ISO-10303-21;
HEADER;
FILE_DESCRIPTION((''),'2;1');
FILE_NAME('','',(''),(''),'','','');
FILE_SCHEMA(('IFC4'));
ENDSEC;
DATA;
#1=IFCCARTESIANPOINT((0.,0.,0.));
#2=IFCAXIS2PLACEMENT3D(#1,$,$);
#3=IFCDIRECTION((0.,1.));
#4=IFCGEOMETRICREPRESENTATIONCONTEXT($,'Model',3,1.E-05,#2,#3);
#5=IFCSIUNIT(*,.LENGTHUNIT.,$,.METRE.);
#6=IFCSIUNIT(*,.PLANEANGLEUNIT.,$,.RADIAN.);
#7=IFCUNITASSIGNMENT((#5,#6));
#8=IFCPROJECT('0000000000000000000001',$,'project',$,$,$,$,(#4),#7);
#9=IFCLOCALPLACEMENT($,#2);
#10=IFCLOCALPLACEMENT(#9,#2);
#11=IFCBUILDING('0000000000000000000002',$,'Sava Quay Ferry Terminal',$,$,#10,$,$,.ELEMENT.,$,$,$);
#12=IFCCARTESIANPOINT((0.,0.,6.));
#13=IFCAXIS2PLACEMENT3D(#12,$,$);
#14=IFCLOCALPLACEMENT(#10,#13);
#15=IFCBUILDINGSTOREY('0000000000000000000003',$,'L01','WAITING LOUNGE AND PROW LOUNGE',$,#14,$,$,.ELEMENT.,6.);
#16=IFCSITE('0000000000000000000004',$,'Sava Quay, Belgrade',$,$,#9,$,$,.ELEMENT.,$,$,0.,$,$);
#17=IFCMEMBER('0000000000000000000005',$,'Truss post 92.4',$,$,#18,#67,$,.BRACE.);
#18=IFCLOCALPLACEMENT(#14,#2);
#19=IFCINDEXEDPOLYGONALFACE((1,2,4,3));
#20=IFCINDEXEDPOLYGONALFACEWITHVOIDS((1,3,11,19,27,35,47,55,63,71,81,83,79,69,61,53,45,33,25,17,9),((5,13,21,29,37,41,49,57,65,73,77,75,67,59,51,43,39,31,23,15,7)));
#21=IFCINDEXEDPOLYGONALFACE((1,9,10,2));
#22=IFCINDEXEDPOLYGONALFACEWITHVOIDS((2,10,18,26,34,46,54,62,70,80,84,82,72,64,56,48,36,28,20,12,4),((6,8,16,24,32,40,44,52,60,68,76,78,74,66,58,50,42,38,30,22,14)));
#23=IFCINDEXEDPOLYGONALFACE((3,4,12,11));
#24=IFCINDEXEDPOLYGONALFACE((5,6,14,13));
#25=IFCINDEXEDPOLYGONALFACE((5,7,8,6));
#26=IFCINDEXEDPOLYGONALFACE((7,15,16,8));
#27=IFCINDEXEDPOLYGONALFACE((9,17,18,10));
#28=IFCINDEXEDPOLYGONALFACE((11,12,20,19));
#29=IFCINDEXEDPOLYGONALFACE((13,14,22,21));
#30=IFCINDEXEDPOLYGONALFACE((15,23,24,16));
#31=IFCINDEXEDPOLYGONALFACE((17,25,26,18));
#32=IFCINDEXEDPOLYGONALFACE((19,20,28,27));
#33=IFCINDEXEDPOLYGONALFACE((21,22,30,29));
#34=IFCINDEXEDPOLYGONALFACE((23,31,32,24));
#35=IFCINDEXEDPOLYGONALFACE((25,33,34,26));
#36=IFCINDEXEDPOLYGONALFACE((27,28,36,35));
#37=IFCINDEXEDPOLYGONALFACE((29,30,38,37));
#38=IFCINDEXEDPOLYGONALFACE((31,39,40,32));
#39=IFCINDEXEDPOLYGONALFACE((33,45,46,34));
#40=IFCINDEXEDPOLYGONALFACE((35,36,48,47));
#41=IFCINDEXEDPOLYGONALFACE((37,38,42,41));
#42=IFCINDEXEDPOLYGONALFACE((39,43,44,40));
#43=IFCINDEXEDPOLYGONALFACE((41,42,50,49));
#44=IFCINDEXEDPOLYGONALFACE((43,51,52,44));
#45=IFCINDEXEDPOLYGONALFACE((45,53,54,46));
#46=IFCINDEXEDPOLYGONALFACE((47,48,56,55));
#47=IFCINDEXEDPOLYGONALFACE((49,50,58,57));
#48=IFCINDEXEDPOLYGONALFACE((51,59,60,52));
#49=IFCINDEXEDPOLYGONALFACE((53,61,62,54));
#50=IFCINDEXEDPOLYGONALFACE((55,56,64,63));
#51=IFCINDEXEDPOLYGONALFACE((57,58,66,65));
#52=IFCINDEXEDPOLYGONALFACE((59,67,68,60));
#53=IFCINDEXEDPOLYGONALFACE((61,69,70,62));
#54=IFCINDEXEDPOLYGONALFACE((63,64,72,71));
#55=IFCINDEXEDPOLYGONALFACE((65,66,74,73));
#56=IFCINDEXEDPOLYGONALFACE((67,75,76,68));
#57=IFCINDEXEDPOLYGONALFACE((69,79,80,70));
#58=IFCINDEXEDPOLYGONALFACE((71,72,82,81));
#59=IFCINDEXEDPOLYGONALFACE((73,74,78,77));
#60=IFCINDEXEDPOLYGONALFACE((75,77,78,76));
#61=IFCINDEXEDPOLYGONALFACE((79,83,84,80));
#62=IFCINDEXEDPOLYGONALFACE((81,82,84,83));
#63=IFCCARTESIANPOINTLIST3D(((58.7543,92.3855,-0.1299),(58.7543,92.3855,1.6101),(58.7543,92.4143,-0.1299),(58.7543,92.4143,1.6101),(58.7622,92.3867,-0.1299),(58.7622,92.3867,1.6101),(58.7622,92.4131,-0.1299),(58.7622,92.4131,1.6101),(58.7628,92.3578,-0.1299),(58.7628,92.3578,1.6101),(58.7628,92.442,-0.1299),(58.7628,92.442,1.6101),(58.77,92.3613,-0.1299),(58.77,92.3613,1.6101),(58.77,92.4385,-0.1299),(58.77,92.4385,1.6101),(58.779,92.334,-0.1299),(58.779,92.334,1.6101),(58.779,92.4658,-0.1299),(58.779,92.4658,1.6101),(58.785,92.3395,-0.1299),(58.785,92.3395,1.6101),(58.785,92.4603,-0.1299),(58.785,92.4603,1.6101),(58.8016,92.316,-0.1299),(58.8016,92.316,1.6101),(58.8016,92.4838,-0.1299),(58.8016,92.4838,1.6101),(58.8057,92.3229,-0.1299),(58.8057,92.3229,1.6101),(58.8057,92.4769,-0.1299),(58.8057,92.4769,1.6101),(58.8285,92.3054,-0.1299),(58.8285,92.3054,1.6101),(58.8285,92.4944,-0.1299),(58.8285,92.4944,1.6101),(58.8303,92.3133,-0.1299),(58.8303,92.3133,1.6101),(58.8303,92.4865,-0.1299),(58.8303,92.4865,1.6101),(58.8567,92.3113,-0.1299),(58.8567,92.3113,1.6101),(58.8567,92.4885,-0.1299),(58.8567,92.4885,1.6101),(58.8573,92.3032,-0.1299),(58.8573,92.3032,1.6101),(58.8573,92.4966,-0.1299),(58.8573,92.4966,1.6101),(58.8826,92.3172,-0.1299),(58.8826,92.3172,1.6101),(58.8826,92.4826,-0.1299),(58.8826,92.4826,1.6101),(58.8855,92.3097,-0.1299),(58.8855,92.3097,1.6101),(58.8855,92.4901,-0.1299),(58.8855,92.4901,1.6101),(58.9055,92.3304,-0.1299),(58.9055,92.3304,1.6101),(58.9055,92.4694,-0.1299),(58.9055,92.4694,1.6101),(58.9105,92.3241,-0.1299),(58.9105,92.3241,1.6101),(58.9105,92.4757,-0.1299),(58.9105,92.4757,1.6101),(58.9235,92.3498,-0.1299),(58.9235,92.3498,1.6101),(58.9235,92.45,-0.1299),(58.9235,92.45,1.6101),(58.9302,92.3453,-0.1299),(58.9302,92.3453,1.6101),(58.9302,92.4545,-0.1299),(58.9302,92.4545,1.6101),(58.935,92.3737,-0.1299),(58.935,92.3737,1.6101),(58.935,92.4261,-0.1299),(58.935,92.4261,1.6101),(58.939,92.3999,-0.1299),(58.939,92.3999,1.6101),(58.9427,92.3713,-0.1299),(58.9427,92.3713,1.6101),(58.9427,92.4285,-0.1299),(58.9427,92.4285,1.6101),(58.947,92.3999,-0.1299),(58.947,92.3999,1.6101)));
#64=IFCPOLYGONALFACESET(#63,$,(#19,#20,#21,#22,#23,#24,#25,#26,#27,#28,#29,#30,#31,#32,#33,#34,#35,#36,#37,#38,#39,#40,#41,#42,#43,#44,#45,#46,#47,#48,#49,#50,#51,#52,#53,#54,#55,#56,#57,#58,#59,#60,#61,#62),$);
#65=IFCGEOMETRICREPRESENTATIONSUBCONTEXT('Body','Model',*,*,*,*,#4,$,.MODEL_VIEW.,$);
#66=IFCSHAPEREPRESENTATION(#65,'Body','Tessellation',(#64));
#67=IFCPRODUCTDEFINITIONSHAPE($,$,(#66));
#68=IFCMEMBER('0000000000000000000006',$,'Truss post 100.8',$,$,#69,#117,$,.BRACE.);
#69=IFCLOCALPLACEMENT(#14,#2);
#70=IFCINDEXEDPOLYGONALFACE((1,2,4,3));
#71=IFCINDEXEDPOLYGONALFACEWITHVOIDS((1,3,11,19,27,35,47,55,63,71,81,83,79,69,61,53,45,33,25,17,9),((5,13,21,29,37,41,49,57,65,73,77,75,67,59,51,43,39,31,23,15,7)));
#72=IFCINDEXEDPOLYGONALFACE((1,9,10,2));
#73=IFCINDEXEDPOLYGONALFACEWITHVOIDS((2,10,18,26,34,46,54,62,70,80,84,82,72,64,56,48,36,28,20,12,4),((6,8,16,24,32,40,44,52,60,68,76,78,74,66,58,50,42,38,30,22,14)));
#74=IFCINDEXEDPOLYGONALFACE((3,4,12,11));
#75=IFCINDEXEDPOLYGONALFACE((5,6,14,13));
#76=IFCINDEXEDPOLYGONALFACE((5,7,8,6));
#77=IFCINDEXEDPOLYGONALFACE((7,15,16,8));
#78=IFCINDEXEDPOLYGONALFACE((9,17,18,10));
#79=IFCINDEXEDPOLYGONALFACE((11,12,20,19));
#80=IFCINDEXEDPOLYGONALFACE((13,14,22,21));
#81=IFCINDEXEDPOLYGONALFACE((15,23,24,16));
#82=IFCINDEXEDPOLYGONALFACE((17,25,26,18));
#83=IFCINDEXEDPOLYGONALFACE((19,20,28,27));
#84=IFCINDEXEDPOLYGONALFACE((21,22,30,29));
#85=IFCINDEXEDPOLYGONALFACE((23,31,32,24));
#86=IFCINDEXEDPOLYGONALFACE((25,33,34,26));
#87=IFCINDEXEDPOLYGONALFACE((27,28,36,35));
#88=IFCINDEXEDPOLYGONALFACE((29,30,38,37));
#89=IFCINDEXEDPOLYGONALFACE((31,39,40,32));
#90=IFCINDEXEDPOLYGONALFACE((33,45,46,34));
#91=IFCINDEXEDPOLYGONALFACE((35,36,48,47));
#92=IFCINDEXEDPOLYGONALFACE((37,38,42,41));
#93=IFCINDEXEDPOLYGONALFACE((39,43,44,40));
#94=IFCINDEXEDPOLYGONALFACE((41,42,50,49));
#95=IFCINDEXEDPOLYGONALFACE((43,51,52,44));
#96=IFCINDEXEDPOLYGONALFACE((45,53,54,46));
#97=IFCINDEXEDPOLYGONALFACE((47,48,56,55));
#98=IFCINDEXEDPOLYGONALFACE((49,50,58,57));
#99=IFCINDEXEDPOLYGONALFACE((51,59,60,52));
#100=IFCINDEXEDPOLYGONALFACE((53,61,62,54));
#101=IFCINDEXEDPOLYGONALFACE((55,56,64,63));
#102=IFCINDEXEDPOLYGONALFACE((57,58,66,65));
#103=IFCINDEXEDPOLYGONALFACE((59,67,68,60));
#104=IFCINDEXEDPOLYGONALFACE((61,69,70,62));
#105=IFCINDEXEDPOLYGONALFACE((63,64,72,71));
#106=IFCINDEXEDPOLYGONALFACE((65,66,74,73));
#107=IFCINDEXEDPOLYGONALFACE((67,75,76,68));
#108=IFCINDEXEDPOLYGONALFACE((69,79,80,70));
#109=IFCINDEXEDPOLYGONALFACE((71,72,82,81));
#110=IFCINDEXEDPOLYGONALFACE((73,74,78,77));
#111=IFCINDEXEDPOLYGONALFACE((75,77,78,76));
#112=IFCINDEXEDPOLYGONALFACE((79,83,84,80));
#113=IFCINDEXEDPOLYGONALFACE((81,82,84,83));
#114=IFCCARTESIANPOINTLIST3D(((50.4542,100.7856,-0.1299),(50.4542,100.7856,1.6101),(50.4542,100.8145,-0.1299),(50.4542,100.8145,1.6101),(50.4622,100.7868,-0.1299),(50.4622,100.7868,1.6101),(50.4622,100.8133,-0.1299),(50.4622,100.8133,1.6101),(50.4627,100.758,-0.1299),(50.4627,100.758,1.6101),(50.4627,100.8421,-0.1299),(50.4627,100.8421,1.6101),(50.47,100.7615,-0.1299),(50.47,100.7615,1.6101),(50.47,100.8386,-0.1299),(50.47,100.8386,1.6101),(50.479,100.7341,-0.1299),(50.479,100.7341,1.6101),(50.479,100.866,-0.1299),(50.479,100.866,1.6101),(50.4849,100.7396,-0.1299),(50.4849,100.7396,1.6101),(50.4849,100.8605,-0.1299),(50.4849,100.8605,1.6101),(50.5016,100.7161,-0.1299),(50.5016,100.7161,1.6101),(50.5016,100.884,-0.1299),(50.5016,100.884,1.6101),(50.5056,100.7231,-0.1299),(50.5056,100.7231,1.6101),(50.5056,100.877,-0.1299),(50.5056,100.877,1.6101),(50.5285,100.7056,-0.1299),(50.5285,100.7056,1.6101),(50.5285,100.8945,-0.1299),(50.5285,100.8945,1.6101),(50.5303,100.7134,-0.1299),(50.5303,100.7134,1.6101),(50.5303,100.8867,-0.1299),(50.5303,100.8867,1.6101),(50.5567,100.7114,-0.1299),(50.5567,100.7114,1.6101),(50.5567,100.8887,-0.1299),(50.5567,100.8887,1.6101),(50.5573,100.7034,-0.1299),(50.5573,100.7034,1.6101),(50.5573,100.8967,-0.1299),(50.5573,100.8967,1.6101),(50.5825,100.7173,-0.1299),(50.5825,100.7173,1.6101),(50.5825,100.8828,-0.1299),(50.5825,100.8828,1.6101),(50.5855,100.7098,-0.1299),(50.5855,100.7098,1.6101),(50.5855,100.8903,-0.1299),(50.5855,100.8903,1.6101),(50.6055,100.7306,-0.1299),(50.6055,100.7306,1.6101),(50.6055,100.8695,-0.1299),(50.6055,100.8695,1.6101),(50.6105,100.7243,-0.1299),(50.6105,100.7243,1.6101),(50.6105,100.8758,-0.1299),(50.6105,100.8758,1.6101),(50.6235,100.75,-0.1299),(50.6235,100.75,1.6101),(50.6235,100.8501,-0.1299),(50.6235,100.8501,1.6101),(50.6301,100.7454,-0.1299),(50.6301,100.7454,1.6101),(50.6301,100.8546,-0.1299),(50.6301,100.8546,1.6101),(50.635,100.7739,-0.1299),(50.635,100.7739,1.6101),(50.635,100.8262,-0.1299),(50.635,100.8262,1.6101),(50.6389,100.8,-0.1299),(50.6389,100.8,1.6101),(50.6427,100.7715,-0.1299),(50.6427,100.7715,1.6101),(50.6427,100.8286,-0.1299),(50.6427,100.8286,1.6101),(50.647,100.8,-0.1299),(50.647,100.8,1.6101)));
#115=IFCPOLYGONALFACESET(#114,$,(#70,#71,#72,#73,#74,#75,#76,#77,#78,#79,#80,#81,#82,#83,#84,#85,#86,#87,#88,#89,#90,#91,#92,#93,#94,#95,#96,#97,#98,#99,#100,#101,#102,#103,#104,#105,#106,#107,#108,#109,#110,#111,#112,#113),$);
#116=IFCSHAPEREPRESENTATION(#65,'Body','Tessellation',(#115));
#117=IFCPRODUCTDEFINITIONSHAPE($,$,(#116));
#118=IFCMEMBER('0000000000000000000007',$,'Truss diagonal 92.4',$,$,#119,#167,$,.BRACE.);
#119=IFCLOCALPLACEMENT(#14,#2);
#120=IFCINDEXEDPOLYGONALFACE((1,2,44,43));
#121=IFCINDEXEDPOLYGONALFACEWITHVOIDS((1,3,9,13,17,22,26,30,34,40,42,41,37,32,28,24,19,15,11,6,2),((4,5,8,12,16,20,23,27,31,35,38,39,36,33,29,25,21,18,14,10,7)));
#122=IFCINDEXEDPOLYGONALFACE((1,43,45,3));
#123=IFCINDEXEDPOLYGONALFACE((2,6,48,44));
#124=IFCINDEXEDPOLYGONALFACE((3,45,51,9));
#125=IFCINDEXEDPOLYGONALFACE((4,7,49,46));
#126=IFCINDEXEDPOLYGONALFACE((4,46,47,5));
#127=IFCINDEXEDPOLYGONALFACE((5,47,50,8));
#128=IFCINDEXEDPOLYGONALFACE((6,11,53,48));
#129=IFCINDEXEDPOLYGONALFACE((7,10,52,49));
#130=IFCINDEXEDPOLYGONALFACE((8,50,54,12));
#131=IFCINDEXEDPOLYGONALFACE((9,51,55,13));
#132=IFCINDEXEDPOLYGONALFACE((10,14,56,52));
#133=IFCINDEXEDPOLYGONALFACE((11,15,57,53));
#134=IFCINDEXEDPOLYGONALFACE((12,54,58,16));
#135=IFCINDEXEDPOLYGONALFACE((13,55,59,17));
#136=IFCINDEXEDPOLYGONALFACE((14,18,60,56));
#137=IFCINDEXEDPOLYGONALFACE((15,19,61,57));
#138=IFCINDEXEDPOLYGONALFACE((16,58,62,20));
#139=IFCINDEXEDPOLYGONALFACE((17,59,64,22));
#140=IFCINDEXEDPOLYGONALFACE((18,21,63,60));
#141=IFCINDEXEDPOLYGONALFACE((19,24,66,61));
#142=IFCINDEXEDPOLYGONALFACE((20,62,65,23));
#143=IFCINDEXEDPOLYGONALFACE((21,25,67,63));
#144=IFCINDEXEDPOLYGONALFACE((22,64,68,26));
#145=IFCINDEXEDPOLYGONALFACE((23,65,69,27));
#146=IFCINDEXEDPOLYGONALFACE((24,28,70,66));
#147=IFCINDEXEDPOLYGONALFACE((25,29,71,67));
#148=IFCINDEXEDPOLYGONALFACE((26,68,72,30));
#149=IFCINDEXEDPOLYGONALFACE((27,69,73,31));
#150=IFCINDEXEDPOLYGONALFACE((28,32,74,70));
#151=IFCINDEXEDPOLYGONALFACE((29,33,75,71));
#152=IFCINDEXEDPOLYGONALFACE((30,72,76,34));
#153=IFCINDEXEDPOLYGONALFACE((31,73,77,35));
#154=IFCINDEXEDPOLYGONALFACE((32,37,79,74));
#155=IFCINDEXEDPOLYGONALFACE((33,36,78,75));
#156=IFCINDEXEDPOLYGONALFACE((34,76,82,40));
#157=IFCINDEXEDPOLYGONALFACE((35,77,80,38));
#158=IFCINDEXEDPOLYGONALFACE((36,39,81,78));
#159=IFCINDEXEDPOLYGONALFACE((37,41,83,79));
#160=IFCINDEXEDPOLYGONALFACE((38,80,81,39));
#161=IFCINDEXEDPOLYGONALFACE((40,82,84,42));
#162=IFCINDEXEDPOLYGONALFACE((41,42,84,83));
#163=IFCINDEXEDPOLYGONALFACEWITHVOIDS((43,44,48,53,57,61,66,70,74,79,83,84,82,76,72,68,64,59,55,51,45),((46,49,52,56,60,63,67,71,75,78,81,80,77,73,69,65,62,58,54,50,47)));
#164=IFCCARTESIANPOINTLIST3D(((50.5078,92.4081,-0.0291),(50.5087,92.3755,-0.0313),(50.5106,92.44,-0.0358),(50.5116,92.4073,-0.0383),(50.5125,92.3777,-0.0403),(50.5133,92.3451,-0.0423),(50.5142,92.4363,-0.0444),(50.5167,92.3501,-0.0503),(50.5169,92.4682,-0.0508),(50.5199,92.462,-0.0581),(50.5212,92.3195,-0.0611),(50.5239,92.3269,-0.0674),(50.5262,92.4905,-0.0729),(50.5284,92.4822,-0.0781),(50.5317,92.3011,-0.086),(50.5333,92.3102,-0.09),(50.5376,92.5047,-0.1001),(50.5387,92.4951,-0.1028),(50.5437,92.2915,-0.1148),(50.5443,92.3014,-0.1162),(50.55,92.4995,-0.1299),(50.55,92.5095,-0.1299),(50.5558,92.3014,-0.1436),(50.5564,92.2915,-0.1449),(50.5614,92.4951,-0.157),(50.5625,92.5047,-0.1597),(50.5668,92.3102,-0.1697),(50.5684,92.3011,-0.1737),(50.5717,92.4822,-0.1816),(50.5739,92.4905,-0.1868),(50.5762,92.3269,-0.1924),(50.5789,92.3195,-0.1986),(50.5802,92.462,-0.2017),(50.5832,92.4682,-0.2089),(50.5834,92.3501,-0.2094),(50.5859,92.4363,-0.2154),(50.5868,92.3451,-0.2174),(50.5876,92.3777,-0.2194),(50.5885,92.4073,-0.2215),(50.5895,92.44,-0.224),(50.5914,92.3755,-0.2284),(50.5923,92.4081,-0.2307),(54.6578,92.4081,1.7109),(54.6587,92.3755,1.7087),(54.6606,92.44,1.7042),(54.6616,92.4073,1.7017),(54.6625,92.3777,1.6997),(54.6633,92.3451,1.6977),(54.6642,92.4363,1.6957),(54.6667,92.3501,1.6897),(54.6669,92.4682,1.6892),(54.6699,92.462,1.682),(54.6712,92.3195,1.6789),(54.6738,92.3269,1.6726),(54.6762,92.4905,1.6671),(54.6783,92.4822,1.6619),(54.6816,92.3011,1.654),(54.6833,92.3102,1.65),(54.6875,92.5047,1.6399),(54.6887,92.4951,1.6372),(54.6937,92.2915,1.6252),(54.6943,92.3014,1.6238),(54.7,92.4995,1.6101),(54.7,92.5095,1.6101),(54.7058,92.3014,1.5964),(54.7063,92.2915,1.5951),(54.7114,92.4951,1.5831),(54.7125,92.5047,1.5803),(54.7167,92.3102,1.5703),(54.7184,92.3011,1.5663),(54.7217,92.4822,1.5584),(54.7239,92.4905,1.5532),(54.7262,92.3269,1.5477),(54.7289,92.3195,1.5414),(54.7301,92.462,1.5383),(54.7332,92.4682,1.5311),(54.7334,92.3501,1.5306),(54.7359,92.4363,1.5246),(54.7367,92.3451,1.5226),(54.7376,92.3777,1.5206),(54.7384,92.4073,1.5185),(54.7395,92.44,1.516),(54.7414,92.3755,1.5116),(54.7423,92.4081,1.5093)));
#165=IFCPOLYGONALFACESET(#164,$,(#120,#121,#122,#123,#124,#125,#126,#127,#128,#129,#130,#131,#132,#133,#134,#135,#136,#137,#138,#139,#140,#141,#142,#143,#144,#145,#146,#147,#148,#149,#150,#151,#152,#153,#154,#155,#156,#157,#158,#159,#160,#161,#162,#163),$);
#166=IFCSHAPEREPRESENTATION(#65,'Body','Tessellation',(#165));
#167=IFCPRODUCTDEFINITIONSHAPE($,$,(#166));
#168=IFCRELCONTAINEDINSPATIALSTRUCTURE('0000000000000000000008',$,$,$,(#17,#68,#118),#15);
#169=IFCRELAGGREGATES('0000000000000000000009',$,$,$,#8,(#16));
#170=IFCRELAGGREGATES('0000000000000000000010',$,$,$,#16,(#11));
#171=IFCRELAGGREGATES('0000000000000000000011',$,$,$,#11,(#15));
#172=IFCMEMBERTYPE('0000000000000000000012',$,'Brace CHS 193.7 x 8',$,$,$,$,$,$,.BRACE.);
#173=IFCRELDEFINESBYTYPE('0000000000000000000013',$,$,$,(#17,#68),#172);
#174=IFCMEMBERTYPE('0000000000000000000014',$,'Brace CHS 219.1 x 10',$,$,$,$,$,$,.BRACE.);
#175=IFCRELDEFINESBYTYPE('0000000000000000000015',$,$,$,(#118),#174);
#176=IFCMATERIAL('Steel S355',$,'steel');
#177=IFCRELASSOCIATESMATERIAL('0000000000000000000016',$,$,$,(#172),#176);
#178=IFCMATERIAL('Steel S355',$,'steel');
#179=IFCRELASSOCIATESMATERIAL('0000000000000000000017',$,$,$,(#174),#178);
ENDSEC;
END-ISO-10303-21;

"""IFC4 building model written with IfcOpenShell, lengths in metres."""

from ifc_helpers import new_model, si_unit, direction, frame, origin, origin_2d, place, context, subcontext, project, spatial, hollow_circle, extrude, material, material_profile, profile_set, type_object, element, save


model = new_model("IFC4")

# Units and contexts
model_context = context("Model", 3, precision=1e-05, world=origin(), true_north=direction((0.0, 1.0)))
body_context = subcontext(model_context, "Body", "Model", "MODEL_VIEW")
ifc_project = project(units=[si_unit("LENGTHUNIT", "METRE"), si_unit("PLANEANGLEUNIT", "RADIAN")], contexts=[model_context])

# Site, building, storey
site_placement = place(None, origin())
site = spatial("IfcSite", under=ifc_project, at=site_placement, Name="Sava Quay, Belgrade", CompositionType="ELEMENT", RefElevation=0.0)
building_placement = place(site_placement, origin())
building = spatial("IfcBuilding", under=site, at=building_placement, Name="Sava Quay Ferry Terminal", CompositionType="ELEMENT")
storey_placement = place(building_placement, frame((0.0, 0.0, 6.0)))
storey = spatial("IfcBuildingStorey", under=building, at=storey_placement, Name="L01", Description="WAITING LOUNGE AND PROW LOUNGE", CompositionType="ELEMENT", Elevation=6.0)

# Members
ifc_material_1 = material(Name="Steel S355", Category="steel")
ifc_material_profile_1 = material_profile(ifc_material_1, hollow_circle(Radius=0.0969, WallThickness=0.0081, at=origin_2d()), Name="CHS 193.7 x 8")
ifc_profile_set_1 = profile_set([ifc_material_profile_1], Name="Steel S355")
member_type_1 = type_object("IfcMemberType", Name="Brace CHS 193.7 x 8", PredefinedType="BRACE", material=ifc_profile_set_1)
for number, where, z_axis, x_axis, name in (
    (1, (58.8501, 92.3999, -0.1299), (0.0, 0.0, 1.0), (1.0, 0.0, 0.0), "Truss post 92.4"),
    (2, (50.55, 100.8, -0.1299), (0.0, 0.0, 1.0), (1.0, 0.0, 0.0), "Truss post 100.8"),
):
    element("IfcMember", number, at=place(storey_placement, frame(where, z_axis=z_axis, x_axis=x_axis)), inside=storey, type_object=member_type_1, Name=name, PredefinedType="BRACE", context=body_context, shape_type="SweptSolid", body=[
        extrude(hollow_circle(Radius=0.0969, WallThickness=0.0081, at=origin_2d()), origin(), (0.0, 0.0, 1.0), 1.74),
    ])
ifc_material_2 = material(Name="Steel S355", Category="steel")
ifc_material_profile_2 = material_profile(ifc_material_2, hollow_circle(Radius=0.1096, WallThickness=0.01, at=origin_2d()), Name="CHS 219.1 x 10")
ifc_profile_set_2 = profile_set([ifc_material_profile_2], Name="Steel S355")
member_type_2 = type_object("IfcMemberType", Name="Brace CHS 219.1 x 10", PredefinedType="BRACE", material=ifc_profile_set_2)
member_1_placement = place(storey_placement, frame((50.55, 92.3999, -0.1299), z_axis=(0.922217, 0.0, 0.386672), x_axis=(0.0, 1.0, 0.0)))
element("IfcMember", 3, at=member_1_placement, inside=storey, type_object=member_type_2, Name="Truss diagonal 92.4", PredefinedType="BRACE", context=body_context, shape_type="SweptSolid", body=[
    extrude(hollow_circle(Radius=0.1096, WallThickness=0.01, at=origin_2d()), origin(), (0.0, 0.0, 1.0), 4.5),
])

save(model, "model.ifc")
